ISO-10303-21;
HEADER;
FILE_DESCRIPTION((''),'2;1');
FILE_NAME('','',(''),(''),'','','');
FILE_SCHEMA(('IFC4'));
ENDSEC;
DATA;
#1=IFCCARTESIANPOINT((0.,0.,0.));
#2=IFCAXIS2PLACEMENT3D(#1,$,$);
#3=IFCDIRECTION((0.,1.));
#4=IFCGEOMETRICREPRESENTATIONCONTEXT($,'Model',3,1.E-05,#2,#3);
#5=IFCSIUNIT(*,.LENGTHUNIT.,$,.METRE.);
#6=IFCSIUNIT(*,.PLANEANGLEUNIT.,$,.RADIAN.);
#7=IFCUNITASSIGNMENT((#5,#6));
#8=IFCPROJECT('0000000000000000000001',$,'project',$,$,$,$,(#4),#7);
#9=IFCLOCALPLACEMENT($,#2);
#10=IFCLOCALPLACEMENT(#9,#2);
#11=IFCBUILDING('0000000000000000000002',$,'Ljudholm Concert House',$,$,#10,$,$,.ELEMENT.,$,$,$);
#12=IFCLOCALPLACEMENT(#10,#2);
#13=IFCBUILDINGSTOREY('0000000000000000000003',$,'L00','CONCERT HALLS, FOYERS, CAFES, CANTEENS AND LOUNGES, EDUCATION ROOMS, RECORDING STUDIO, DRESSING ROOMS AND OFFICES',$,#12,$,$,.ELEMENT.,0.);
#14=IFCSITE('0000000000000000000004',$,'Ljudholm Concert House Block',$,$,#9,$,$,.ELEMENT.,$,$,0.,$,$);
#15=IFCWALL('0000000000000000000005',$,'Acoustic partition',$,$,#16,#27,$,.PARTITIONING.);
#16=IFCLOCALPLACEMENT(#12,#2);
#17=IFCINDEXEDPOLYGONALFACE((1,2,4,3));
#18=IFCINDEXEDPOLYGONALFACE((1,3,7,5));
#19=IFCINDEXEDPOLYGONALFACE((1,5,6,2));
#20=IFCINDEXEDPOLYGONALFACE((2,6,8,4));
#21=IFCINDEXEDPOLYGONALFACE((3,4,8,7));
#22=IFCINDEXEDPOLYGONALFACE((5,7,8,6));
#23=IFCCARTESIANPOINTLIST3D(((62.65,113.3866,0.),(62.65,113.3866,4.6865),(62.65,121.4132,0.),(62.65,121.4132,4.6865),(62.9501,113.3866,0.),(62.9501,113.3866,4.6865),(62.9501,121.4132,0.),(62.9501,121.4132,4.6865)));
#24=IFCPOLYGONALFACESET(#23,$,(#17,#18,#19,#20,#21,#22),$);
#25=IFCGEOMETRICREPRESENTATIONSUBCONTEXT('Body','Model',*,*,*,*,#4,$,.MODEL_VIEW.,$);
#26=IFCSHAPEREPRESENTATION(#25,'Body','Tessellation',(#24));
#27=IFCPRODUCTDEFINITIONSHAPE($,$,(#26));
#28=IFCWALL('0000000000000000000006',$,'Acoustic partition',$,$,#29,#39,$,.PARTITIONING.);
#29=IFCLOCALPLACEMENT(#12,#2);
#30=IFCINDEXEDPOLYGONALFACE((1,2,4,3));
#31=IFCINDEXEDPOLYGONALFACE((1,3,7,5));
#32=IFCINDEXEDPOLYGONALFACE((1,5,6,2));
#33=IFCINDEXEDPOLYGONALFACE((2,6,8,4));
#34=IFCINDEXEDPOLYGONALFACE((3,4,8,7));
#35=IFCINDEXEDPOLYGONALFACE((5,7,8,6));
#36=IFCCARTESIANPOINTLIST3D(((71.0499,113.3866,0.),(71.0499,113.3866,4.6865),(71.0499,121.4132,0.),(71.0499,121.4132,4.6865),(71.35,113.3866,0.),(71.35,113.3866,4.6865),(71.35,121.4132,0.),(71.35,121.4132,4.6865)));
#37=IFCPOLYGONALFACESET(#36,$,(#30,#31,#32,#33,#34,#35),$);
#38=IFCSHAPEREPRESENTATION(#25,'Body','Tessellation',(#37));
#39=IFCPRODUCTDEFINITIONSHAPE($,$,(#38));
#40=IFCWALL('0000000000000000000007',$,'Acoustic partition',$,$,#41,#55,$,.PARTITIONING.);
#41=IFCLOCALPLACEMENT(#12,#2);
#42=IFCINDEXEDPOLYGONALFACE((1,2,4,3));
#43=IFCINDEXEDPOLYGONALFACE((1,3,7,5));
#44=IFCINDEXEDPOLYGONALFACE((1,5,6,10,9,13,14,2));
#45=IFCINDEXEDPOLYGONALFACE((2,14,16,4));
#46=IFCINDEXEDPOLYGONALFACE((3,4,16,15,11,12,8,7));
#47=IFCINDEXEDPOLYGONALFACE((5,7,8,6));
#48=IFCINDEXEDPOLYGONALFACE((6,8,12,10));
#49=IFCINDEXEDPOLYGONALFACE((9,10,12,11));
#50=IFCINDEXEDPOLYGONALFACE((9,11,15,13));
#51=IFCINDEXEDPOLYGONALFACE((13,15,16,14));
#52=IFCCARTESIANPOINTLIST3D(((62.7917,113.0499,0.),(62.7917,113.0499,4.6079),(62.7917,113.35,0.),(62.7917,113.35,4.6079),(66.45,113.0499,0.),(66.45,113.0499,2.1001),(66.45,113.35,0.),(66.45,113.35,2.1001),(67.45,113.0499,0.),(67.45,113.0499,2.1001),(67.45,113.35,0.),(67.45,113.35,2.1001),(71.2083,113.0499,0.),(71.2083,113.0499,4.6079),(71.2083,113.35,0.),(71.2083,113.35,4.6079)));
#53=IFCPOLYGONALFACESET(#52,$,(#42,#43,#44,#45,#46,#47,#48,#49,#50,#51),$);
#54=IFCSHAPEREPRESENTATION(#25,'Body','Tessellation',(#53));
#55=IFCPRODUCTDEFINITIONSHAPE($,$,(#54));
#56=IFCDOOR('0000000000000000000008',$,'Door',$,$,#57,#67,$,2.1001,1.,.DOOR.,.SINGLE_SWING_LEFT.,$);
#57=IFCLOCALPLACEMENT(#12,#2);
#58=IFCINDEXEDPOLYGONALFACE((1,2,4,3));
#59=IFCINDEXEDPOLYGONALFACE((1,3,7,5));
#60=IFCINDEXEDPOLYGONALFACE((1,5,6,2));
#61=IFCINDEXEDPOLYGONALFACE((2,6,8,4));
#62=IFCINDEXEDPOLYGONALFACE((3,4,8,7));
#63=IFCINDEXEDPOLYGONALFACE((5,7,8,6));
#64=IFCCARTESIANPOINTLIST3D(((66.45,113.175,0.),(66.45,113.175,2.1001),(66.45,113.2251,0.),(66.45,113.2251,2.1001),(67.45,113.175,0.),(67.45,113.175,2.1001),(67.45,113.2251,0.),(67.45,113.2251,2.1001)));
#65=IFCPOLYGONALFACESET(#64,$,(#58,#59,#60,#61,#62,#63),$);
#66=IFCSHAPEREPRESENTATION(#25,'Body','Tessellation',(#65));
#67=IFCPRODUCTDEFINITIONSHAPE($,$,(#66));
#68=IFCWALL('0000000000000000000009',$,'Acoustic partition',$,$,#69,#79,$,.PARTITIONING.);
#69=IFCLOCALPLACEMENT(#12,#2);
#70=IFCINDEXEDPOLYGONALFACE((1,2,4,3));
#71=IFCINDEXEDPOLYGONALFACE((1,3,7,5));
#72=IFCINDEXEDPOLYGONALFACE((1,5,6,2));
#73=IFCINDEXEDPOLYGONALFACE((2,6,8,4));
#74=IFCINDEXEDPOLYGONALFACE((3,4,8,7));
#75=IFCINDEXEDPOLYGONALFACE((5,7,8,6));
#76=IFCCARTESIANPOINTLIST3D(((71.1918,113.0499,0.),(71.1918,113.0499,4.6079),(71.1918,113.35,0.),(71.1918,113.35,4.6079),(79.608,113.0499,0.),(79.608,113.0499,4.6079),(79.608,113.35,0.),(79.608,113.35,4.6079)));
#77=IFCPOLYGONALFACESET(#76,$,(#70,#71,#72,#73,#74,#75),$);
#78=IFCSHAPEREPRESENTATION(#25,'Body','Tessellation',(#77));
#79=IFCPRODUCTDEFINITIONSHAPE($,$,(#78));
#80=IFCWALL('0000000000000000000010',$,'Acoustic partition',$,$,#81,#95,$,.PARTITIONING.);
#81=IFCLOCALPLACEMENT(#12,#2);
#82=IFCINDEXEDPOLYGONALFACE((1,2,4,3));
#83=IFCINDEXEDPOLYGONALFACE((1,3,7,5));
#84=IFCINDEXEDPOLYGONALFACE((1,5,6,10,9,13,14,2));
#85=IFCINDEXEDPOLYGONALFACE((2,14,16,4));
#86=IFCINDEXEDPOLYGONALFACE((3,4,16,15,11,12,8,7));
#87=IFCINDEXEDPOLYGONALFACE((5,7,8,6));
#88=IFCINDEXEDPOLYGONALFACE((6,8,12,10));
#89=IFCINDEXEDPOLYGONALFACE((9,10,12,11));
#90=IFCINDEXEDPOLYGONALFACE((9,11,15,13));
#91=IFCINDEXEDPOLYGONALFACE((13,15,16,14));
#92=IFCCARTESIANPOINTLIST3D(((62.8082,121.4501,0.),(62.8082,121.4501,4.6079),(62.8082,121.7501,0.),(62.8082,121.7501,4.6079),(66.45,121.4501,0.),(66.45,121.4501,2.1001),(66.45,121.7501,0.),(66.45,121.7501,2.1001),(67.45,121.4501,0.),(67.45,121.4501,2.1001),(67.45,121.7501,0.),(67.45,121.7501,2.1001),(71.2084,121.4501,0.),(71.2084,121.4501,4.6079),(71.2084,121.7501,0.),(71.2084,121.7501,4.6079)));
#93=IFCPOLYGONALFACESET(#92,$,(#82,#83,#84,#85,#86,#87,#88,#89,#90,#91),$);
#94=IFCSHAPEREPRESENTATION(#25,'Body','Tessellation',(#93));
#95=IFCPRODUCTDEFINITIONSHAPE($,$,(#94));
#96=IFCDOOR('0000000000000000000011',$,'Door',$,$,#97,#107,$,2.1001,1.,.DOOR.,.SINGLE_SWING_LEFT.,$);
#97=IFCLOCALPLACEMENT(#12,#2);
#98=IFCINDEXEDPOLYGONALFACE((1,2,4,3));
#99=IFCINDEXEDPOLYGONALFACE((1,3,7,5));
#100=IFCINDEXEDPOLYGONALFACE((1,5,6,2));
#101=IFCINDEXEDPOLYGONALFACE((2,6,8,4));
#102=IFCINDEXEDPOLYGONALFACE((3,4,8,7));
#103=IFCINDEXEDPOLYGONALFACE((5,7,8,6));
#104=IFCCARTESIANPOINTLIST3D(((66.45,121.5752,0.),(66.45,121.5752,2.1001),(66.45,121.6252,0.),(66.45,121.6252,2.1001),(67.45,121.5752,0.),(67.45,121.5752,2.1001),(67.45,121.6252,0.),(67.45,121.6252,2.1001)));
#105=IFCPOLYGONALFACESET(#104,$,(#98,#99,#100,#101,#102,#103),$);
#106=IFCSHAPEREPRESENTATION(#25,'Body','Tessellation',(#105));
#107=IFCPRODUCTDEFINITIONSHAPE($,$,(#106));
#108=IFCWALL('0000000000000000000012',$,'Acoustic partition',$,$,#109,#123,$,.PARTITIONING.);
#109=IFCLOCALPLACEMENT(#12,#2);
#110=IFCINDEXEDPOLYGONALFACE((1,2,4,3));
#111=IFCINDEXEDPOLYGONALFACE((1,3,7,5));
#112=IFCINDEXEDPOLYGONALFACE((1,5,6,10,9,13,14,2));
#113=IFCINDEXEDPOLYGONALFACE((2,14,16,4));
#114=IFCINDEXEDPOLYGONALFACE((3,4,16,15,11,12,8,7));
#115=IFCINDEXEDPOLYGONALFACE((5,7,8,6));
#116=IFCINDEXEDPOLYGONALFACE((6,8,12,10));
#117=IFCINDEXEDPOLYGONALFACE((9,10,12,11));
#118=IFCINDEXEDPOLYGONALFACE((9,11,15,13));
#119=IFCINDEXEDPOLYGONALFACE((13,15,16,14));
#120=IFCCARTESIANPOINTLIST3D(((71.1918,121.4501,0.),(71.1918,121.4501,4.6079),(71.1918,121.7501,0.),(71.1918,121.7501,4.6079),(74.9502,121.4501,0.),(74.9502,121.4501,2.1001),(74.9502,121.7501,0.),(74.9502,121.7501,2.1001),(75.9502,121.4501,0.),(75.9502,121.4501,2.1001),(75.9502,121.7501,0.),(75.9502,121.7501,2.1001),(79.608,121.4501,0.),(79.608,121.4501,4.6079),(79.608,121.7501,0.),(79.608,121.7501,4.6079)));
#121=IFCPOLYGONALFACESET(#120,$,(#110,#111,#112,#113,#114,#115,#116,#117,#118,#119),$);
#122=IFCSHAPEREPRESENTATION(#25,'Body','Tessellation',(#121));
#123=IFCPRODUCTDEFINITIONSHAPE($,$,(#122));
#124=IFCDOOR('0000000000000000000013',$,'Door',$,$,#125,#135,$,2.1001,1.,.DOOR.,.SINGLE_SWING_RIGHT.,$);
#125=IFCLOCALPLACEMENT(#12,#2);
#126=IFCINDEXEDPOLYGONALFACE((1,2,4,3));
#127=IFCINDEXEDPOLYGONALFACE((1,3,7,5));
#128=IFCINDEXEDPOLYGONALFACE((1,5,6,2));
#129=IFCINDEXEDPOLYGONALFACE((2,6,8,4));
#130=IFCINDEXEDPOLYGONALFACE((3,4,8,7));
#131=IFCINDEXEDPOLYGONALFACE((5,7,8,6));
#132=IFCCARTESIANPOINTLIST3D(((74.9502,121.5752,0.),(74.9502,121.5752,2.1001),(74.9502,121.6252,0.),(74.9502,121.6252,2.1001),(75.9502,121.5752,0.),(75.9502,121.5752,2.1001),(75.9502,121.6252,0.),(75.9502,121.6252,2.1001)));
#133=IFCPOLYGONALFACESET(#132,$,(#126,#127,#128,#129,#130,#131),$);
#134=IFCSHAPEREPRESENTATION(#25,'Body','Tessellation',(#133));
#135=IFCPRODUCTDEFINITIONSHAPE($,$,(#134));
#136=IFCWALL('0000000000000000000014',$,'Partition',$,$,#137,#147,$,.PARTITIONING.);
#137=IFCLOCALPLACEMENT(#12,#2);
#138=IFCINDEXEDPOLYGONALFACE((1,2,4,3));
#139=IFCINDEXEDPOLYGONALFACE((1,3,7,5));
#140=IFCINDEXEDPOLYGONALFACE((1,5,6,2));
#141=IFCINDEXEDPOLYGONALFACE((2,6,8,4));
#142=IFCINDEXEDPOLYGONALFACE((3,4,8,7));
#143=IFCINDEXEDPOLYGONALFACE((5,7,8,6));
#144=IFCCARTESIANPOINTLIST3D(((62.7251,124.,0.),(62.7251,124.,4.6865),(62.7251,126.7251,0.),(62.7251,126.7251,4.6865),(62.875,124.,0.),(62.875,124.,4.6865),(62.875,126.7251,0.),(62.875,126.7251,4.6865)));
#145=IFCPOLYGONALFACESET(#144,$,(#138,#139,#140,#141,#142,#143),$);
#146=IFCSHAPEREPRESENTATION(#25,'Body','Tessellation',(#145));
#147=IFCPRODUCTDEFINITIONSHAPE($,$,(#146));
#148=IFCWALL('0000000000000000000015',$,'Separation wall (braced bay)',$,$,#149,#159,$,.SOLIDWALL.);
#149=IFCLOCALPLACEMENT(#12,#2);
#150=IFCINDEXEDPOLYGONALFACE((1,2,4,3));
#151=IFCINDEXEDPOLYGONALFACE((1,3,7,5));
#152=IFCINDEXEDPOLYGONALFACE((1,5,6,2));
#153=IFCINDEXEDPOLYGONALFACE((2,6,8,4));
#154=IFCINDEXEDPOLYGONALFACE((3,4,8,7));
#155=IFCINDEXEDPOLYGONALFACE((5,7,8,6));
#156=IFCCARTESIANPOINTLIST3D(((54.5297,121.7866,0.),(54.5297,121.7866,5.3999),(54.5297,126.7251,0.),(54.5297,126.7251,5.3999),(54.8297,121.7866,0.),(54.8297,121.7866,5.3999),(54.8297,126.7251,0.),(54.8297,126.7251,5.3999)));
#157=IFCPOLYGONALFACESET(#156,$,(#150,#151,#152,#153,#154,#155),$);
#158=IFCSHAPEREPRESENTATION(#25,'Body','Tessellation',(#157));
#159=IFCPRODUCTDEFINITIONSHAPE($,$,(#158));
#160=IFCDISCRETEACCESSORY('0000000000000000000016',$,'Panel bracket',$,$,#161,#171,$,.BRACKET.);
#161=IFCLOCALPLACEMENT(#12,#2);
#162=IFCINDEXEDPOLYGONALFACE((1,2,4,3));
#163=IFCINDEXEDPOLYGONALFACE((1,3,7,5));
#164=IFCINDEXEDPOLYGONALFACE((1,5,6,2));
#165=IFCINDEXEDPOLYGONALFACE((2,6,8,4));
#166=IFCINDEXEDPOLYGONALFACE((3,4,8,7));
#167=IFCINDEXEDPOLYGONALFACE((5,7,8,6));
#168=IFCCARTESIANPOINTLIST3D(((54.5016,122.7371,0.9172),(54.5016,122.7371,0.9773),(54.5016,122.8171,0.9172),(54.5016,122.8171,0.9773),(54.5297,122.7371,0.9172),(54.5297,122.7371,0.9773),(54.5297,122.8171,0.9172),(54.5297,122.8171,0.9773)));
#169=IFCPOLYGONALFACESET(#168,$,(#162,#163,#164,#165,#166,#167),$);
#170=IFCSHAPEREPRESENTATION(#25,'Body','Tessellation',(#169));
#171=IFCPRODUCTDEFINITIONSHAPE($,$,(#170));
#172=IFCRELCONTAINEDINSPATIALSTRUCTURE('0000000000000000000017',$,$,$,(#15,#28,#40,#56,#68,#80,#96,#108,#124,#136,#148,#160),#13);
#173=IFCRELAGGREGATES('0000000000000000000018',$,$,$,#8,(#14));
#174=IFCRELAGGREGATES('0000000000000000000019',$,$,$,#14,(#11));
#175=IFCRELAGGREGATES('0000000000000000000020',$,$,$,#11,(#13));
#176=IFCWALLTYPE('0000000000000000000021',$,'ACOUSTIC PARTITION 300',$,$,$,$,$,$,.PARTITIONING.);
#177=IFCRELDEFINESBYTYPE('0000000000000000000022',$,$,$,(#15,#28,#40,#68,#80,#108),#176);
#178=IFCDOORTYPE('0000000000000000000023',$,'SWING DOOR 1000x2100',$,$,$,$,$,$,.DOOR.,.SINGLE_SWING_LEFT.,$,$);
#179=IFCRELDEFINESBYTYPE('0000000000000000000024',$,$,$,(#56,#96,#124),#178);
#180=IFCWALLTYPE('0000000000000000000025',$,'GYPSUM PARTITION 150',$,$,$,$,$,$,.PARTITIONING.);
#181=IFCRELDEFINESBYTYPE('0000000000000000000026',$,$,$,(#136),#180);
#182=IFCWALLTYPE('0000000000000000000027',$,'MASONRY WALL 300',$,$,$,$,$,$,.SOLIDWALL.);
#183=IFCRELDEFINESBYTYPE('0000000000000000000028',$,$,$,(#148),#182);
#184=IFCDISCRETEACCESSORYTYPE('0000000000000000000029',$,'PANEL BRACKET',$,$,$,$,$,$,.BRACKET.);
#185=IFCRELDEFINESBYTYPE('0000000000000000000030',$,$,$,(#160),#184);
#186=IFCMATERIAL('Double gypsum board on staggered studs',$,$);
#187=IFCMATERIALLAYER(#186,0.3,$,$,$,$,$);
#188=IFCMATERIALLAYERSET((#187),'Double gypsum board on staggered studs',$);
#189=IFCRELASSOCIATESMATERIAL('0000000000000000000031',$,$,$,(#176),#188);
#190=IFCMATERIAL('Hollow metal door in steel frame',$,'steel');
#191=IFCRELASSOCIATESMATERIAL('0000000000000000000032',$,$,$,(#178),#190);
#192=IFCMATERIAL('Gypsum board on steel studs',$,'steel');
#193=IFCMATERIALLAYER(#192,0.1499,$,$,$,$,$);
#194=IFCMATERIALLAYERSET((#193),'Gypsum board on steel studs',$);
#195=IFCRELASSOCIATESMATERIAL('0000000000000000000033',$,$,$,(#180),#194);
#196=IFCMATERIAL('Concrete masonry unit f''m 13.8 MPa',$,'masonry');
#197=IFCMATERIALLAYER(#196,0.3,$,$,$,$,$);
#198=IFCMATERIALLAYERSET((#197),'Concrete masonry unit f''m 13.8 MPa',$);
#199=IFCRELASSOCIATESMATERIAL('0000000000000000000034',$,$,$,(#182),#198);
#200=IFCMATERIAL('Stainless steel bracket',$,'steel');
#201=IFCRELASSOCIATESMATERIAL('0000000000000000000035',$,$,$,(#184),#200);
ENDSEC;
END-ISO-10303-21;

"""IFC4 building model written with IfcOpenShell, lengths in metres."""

from ifc_helpers import new_model, si_unit, direction, frame, frame_2d, origin, origin_2d, place, context, subcontext, project, spatial, rectangle, extrude, material, layer, layer_set, type_object, element, fill, save


model = new_model("IFC4")

# Units and contexts
model_context = context("Model", 3, precision=1e-05, world=origin(), true_north=direction((0.0, 1.0)))
body_context = subcontext(model_context, "Body", "Model", "MODEL_VIEW")
ifc_project = project(units=[si_unit("LENGTHUNIT", "METRE"), si_unit("PLANEANGLEUNIT", "RADIAN")], contexts=[model_context])

# Site, building, storey
site_placement = place(None, origin())
site = spatial("IfcSite", under=ifc_project, at=site_placement, Name="Ljudholm Concert House Block", CompositionType="ELEMENT", RefElevation=0.0)
building_placement = place(site_placement, origin())
building = spatial("IfcBuilding", under=site, at=building_placement, Name="Ljudholm Concert House", CompositionType="ELEMENT")
storey_placement = place(building_placement, origin())
storey = spatial("IfcBuildingStorey", under=building, at=storey_placement, Name="L00", Description="CONCERT HALLS, FOYERS, CAFES, CANTEENS AND LOUNGES, EDUCATION ROOMS, RECORDING STUDIO, DRESSING ROOMS AND OFFICES", CompositionType="ELEMENT", Elevation=0.0)

# Walls
ifc_material_1 = material(Name="Double gypsum board on staggered studs")
ifc_layer_1 = layer(ifc_material_1, 0.3)
ifc_layer_set_1 = layer_set([ifc_layer_1], Name="Double gypsum board on staggered studs")
wall_type_1 = type_object("IfcWallType", Name="ACOUSTIC PARTITION 300", PredefinedType="PARTITIONING", material=ifc_layer_set_1)
for number, where, z_axis, x_axis, name in (
    (1, (62.8, 113.3867, 0.0), (0.0, 0.0, 1.0), (0.0, 1.0, 0.0), "Acoustic partition"),
    (2, (71.2, 113.3867, 0.0), (0.0, 0.0, 1.0), (0.0, 1.0, 0.0), "Acoustic partition"),
):
    element("IfcWall", number, at=place(storey_placement, frame(where, z_axis=z_axis, x_axis=x_axis)), inside=storey, type_object=wall_type_1, Name=name, PredefinedType="PARTITIONING", context=body_context, shape_type="SweptSolid", body=[
        extrude(rectangle(XDim=8.0266, YDim=0.3, at=frame_2d((4.0132, 0.0))), origin(), (0.0, 0.0, 1.0), 4.6865),
    ])

# Wall, opening, door
wall_1_placement = place(storey_placement, frame((62.7917, 113.2, 0.0), z_axis=(0.0, 0.0, 1.0), x_axis=(1.0, 0.0, 0.0)))
wall_1 = element("IfcWall", 3, at=wall_1_placement, inside=storey, type_object=wall_type_1, Name="Acoustic partition", PredefinedType="PARTITIONING", context=body_context, shape_type="SweptSolid", body=[
    extrude(rectangle(XDim=8.4165, YDim=0.3, at=frame_2d((4.2083, 0.0))), origin(), (0.0, 0.0, 1.0), 4.6079),
])
opening_1_placement = place(wall_1_placement, frame((3.6582, 0.0, 0.0)))
opening_1 = element("IfcOpeningElement", 4, at=opening_1_placement, cuts=wall_1, PredefinedType="OPENING", context=body_context, shape_type="SweptSolid", body=[
    extrude(rectangle(XDim=1.0, YDim=2.1001, at=frame_2d((0.5, 1.05))), frame((0.0, 0.1599, 0.0), z_axis=(0.0, -1.0, 0.0), x_axis=(1.0, 0.0, 0.0)), (0.0, 0.0, 1.0), 0.3201),
])
ifc_material_2 = material(Name="Hollow metal door in steel frame", Category="steel")
door_type = type_object("IfcDoorType", Name="SWING DOOR 1000x2100", OperationType="SINGLE_SWING_LEFT", PredefinedType="DOOR", material=ifc_material_2)
door_1_placement = place(opening_1_placement, frame((1.0, 0.0, 0.0), z_axis=(0.0, 0.0, 1.0), x_axis=(-1.0, 0.0, 0.0)))
door_1 = element("IfcDoor", 5, at=door_1_placement, inside=storey, type_object=door_type, Name="Door", OperationType="SINGLE_SWING_LEFT", OverallHeight=2.1001, OverallWidth=1.0, PredefinedType="DOOR", context=body_context, shape_type="SweptSolid", body=[
    extrude(rectangle(XDim=1.0, YDim=2.1001, at=frame_2d((0.5, 1.05))), frame((0.0, 0.0249, 0.0), z_axis=(0.0, -1.0, 0.0), x_axis=(1.0, 0.0, 0.0)), (0.0, 0.0, 1.0), 0.05),
])
fill(opening_1, door_1)

# Wall
wall_2_placement = place(storey_placement, frame((71.1919, 113.2, 0.0), z_axis=(0.0, 0.0, 1.0), x_axis=(1.0, 0.0, 0.0)))
element("IfcWall", 6, at=wall_2_placement, inside=storey, type_object=wall_type_1, Name="Acoustic partition", PredefinedType="PARTITIONING", context=body_context, shape_type="SweptSolid", body=[
    extrude(rectangle(XDim=8.4163, YDim=0.3, at=frame_2d((4.208, 0.0))), origin(), (0.0, 0.0, 1.0), 4.6079),
])

# Walls, openings, doors
wall_3_placement = place(storey_placement, frame((62.8081, 121.6001, 0.0), z_axis=(0.0, 0.0, 1.0), x_axis=(1.0, 0.0, 0.0)))
wall_3 = element("IfcWall", 7, at=wall_3_placement, inside=storey, type_object=wall_type_1, Name="Acoustic partition", PredefinedType="PARTITIONING", context=body_context, shape_type="SweptSolid", body=[
    extrude(rectangle(XDim=8.4001, YDim=0.3, at=frame_2d((4.2002, 0.0))), origin(), (0.0, 0.0, 1.0), 4.6079),
])
opening_2_placement = place(wall_3_placement, frame((3.6418, 0.0, 0.0)))
opening_2 = element("IfcOpeningElement", 8, at=opening_2_placement, cuts=wall_3, PredefinedType="OPENING", context=body_context, shape_type="SweptSolid", body=[
    extrude(rectangle(XDim=1.0, YDim=2.1001, at=frame_2d((0.5, 1.05))), frame((0.0, 0.1599, 0.0), z_axis=(0.0, -1.0, 0.0), x_axis=(1.0, 0.0, 0.0)), (0.0, 0.0, 1.0), 0.3201),
])
door_2_placement = place(opening_2_placement, frame((1.0, 0.0, 0.0), z_axis=(0.0, 0.0, 1.0), x_axis=(-1.0, 0.0, 0.0)))
door_2 = element("IfcDoor", 9, at=door_2_placement, inside=storey, type_object=door_type, Name="Door", OperationType="SINGLE_SWING_LEFT", OverallHeight=2.1001, OverallWidth=1.0, PredefinedType="DOOR", context=body_context, shape_type="SweptSolid", body=[
    extrude(rectangle(XDim=1.0, YDim=2.1001, at=frame_2d((0.5, 1.05))), frame((0.0, 0.0249, 0.0), z_axis=(0.0, -1.0, 0.0), x_axis=(1.0, 0.0, 0.0)), (0.0, 0.0, 1.0), 0.05),
])
fill(opening_2, door_2)
wall_4_placement = place(storey_placement, frame((71.1919, 121.6001, 0.0), z_axis=(0.0, 0.0, 1.0), x_axis=(1.0, 0.0, 0.0)))
wall_4 = element("IfcWall", 10, at=wall_4_placement, inside=storey, type_object=wall_type_1, Name="Acoustic partition", PredefinedType="PARTITIONING", context=body_context, shape_type="SweptSolid", body=[
    extrude(rectangle(XDim=8.4163, YDim=0.3, at=frame_2d((4.208, 0.0))), origin(), (0.0, 0.0, 1.0), 4.6079),
])
opening_3_placement = place(wall_4_placement, frame((3.7583, 0.0, 0.0)))
opening_3 = element("IfcOpeningElement", 11, at=opening_3_placement, cuts=wall_4, PredefinedType="OPENING", context=body_context, shape_type="SweptSolid", body=[
    extrude(rectangle(XDim=1.0, YDim=2.1001, at=frame_2d((0.5, 1.05))), frame((0.0, 0.1599, 0.0), z_axis=(0.0, -1.0, 0.0), x_axis=(1.0, 0.0, 0.0)), (0.0, 0.0, 1.0), 0.3201),
])
door_3_placement = place(opening_3_placement, frame((1.0, 0.0, 0.0), z_axis=(0.0, 0.0, 1.0), x_axis=(-1.0, 0.0, 0.0)))
door_3 = element("IfcDoor", 12, at=door_3_placement, inside=storey, type_object=door_type, Name="Door", OperationType="SINGLE_SWING_RIGHT", OverallHeight=2.1001, OverallWidth=1.0, PredefinedType="DOOR", context=body_context, shape_type="SweptSolid", body=[
    extrude(rectangle(XDim=1.0, YDim=2.1001, at=frame_2d((0.5, 1.05))), frame((0.0, 0.0249, 0.0), z_axis=(0.0, -1.0, 0.0), x_axis=(1.0, 0.0, 0.0)), (0.0, 0.0, 1.0), 0.05),
])
fill(opening_3, door_3)

# Walls
ifc_material_3 = material(Name="Gypsum board on steel studs", Category="steel")
ifc_layer_2 = layer(ifc_material_3, 0.1499)
ifc_layer_set_2 = layer_set([ifc_layer_2], Name="Gypsum board on steel studs")
wall_type_2 = type_object("IfcWallType", Name="GYPSUM PARTITION 150", PredefinedType="PARTITIONING", material=ifc_layer_set_2)
wall_5_placement = place(storey_placement, frame((62.8, 124.0, 0.0), z_axis=(0.0, 0.0, 1.0), x_axis=(0.0, 1.0, 0.0)))
element("IfcWall", 13, at=wall_5_placement, inside=storey, type_object=wall_type_2, Name="Partition", PredefinedType="PARTITIONING", context=body_context, shape_type="SweptSolid", body=[
    extrude(rectangle(XDim=2.7251, YDim=0.1499, at=frame_2d((1.3625, 0.0))), origin(), (0.0, 0.0, 1.0), 4.6865),
])
ifc_material_4 = material(Name="Concrete masonry unit f'm 13.8 MPa", Category="masonry")
ifc_layer_3 = layer(ifc_material_4, 0.3)
ifc_layer_set_3 = layer_set([ifc_layer_3], Name="Concrete masonry unit f'm 13.8 MPa")
wall_type_3 = type_object("IfcWallType", Name="MASONRY WALL 300", PredefinedType="SOLIDWALL", material=ifc_layer_set_3)
wall_6_placement = place(storey_placement, frame((54.6797, 121.7866, 0.0), z_axis=(0.0, 0.0, 1.0), x_axis=(0.0, 1.0, 0.0)))
element("IfcWall", 14, at=wall_6_placement, inside=storey, type_object=wall_type_3, Name="Separation wall (braced bay)", PredefinedType="SOLIDWALL", context=body_context, shape_type="SweptSolid", body=[
    extrude(rectangle(XDim=4.9385, YDim=0.3, at=frame_2d((2.4692, 0.0))), origin(), (0.0, 0.0, 1.0), 5.3999),
])

# Discrete accessory
ifc_material_5 = material(Name="Stainless steel bracket", Category="steel")
discrete_accessory_type = type_object("IfcDiscreteAccessoryType", Name="PANEL BRACKET", PredefinedType="BRACKET", material=ifc_material_5)
discrete_accessory_placement = place(storey_placement, frame((54.5156, 122.7771, 0.9172), z_axis=(0.0, 0.0, 1.0), x_axis=(1.0, 0.0, 0.0)))
element("IfcDiscreteAccessory", 15, at=discrete_accessory_placement, inside=storey, type_object=discrete_accessory_type, Name="Panel bracket", PredefinedType="BRACKET", context=body_context, shape_type="SweptSolid", body=[
    extrude(rectangle(XDim=0.0281, YDim=0.0801, at=origin_2d()), origin(), (0.0, 0.0, 1.0), 0.0601),
])

save(model, "model.ifc")
